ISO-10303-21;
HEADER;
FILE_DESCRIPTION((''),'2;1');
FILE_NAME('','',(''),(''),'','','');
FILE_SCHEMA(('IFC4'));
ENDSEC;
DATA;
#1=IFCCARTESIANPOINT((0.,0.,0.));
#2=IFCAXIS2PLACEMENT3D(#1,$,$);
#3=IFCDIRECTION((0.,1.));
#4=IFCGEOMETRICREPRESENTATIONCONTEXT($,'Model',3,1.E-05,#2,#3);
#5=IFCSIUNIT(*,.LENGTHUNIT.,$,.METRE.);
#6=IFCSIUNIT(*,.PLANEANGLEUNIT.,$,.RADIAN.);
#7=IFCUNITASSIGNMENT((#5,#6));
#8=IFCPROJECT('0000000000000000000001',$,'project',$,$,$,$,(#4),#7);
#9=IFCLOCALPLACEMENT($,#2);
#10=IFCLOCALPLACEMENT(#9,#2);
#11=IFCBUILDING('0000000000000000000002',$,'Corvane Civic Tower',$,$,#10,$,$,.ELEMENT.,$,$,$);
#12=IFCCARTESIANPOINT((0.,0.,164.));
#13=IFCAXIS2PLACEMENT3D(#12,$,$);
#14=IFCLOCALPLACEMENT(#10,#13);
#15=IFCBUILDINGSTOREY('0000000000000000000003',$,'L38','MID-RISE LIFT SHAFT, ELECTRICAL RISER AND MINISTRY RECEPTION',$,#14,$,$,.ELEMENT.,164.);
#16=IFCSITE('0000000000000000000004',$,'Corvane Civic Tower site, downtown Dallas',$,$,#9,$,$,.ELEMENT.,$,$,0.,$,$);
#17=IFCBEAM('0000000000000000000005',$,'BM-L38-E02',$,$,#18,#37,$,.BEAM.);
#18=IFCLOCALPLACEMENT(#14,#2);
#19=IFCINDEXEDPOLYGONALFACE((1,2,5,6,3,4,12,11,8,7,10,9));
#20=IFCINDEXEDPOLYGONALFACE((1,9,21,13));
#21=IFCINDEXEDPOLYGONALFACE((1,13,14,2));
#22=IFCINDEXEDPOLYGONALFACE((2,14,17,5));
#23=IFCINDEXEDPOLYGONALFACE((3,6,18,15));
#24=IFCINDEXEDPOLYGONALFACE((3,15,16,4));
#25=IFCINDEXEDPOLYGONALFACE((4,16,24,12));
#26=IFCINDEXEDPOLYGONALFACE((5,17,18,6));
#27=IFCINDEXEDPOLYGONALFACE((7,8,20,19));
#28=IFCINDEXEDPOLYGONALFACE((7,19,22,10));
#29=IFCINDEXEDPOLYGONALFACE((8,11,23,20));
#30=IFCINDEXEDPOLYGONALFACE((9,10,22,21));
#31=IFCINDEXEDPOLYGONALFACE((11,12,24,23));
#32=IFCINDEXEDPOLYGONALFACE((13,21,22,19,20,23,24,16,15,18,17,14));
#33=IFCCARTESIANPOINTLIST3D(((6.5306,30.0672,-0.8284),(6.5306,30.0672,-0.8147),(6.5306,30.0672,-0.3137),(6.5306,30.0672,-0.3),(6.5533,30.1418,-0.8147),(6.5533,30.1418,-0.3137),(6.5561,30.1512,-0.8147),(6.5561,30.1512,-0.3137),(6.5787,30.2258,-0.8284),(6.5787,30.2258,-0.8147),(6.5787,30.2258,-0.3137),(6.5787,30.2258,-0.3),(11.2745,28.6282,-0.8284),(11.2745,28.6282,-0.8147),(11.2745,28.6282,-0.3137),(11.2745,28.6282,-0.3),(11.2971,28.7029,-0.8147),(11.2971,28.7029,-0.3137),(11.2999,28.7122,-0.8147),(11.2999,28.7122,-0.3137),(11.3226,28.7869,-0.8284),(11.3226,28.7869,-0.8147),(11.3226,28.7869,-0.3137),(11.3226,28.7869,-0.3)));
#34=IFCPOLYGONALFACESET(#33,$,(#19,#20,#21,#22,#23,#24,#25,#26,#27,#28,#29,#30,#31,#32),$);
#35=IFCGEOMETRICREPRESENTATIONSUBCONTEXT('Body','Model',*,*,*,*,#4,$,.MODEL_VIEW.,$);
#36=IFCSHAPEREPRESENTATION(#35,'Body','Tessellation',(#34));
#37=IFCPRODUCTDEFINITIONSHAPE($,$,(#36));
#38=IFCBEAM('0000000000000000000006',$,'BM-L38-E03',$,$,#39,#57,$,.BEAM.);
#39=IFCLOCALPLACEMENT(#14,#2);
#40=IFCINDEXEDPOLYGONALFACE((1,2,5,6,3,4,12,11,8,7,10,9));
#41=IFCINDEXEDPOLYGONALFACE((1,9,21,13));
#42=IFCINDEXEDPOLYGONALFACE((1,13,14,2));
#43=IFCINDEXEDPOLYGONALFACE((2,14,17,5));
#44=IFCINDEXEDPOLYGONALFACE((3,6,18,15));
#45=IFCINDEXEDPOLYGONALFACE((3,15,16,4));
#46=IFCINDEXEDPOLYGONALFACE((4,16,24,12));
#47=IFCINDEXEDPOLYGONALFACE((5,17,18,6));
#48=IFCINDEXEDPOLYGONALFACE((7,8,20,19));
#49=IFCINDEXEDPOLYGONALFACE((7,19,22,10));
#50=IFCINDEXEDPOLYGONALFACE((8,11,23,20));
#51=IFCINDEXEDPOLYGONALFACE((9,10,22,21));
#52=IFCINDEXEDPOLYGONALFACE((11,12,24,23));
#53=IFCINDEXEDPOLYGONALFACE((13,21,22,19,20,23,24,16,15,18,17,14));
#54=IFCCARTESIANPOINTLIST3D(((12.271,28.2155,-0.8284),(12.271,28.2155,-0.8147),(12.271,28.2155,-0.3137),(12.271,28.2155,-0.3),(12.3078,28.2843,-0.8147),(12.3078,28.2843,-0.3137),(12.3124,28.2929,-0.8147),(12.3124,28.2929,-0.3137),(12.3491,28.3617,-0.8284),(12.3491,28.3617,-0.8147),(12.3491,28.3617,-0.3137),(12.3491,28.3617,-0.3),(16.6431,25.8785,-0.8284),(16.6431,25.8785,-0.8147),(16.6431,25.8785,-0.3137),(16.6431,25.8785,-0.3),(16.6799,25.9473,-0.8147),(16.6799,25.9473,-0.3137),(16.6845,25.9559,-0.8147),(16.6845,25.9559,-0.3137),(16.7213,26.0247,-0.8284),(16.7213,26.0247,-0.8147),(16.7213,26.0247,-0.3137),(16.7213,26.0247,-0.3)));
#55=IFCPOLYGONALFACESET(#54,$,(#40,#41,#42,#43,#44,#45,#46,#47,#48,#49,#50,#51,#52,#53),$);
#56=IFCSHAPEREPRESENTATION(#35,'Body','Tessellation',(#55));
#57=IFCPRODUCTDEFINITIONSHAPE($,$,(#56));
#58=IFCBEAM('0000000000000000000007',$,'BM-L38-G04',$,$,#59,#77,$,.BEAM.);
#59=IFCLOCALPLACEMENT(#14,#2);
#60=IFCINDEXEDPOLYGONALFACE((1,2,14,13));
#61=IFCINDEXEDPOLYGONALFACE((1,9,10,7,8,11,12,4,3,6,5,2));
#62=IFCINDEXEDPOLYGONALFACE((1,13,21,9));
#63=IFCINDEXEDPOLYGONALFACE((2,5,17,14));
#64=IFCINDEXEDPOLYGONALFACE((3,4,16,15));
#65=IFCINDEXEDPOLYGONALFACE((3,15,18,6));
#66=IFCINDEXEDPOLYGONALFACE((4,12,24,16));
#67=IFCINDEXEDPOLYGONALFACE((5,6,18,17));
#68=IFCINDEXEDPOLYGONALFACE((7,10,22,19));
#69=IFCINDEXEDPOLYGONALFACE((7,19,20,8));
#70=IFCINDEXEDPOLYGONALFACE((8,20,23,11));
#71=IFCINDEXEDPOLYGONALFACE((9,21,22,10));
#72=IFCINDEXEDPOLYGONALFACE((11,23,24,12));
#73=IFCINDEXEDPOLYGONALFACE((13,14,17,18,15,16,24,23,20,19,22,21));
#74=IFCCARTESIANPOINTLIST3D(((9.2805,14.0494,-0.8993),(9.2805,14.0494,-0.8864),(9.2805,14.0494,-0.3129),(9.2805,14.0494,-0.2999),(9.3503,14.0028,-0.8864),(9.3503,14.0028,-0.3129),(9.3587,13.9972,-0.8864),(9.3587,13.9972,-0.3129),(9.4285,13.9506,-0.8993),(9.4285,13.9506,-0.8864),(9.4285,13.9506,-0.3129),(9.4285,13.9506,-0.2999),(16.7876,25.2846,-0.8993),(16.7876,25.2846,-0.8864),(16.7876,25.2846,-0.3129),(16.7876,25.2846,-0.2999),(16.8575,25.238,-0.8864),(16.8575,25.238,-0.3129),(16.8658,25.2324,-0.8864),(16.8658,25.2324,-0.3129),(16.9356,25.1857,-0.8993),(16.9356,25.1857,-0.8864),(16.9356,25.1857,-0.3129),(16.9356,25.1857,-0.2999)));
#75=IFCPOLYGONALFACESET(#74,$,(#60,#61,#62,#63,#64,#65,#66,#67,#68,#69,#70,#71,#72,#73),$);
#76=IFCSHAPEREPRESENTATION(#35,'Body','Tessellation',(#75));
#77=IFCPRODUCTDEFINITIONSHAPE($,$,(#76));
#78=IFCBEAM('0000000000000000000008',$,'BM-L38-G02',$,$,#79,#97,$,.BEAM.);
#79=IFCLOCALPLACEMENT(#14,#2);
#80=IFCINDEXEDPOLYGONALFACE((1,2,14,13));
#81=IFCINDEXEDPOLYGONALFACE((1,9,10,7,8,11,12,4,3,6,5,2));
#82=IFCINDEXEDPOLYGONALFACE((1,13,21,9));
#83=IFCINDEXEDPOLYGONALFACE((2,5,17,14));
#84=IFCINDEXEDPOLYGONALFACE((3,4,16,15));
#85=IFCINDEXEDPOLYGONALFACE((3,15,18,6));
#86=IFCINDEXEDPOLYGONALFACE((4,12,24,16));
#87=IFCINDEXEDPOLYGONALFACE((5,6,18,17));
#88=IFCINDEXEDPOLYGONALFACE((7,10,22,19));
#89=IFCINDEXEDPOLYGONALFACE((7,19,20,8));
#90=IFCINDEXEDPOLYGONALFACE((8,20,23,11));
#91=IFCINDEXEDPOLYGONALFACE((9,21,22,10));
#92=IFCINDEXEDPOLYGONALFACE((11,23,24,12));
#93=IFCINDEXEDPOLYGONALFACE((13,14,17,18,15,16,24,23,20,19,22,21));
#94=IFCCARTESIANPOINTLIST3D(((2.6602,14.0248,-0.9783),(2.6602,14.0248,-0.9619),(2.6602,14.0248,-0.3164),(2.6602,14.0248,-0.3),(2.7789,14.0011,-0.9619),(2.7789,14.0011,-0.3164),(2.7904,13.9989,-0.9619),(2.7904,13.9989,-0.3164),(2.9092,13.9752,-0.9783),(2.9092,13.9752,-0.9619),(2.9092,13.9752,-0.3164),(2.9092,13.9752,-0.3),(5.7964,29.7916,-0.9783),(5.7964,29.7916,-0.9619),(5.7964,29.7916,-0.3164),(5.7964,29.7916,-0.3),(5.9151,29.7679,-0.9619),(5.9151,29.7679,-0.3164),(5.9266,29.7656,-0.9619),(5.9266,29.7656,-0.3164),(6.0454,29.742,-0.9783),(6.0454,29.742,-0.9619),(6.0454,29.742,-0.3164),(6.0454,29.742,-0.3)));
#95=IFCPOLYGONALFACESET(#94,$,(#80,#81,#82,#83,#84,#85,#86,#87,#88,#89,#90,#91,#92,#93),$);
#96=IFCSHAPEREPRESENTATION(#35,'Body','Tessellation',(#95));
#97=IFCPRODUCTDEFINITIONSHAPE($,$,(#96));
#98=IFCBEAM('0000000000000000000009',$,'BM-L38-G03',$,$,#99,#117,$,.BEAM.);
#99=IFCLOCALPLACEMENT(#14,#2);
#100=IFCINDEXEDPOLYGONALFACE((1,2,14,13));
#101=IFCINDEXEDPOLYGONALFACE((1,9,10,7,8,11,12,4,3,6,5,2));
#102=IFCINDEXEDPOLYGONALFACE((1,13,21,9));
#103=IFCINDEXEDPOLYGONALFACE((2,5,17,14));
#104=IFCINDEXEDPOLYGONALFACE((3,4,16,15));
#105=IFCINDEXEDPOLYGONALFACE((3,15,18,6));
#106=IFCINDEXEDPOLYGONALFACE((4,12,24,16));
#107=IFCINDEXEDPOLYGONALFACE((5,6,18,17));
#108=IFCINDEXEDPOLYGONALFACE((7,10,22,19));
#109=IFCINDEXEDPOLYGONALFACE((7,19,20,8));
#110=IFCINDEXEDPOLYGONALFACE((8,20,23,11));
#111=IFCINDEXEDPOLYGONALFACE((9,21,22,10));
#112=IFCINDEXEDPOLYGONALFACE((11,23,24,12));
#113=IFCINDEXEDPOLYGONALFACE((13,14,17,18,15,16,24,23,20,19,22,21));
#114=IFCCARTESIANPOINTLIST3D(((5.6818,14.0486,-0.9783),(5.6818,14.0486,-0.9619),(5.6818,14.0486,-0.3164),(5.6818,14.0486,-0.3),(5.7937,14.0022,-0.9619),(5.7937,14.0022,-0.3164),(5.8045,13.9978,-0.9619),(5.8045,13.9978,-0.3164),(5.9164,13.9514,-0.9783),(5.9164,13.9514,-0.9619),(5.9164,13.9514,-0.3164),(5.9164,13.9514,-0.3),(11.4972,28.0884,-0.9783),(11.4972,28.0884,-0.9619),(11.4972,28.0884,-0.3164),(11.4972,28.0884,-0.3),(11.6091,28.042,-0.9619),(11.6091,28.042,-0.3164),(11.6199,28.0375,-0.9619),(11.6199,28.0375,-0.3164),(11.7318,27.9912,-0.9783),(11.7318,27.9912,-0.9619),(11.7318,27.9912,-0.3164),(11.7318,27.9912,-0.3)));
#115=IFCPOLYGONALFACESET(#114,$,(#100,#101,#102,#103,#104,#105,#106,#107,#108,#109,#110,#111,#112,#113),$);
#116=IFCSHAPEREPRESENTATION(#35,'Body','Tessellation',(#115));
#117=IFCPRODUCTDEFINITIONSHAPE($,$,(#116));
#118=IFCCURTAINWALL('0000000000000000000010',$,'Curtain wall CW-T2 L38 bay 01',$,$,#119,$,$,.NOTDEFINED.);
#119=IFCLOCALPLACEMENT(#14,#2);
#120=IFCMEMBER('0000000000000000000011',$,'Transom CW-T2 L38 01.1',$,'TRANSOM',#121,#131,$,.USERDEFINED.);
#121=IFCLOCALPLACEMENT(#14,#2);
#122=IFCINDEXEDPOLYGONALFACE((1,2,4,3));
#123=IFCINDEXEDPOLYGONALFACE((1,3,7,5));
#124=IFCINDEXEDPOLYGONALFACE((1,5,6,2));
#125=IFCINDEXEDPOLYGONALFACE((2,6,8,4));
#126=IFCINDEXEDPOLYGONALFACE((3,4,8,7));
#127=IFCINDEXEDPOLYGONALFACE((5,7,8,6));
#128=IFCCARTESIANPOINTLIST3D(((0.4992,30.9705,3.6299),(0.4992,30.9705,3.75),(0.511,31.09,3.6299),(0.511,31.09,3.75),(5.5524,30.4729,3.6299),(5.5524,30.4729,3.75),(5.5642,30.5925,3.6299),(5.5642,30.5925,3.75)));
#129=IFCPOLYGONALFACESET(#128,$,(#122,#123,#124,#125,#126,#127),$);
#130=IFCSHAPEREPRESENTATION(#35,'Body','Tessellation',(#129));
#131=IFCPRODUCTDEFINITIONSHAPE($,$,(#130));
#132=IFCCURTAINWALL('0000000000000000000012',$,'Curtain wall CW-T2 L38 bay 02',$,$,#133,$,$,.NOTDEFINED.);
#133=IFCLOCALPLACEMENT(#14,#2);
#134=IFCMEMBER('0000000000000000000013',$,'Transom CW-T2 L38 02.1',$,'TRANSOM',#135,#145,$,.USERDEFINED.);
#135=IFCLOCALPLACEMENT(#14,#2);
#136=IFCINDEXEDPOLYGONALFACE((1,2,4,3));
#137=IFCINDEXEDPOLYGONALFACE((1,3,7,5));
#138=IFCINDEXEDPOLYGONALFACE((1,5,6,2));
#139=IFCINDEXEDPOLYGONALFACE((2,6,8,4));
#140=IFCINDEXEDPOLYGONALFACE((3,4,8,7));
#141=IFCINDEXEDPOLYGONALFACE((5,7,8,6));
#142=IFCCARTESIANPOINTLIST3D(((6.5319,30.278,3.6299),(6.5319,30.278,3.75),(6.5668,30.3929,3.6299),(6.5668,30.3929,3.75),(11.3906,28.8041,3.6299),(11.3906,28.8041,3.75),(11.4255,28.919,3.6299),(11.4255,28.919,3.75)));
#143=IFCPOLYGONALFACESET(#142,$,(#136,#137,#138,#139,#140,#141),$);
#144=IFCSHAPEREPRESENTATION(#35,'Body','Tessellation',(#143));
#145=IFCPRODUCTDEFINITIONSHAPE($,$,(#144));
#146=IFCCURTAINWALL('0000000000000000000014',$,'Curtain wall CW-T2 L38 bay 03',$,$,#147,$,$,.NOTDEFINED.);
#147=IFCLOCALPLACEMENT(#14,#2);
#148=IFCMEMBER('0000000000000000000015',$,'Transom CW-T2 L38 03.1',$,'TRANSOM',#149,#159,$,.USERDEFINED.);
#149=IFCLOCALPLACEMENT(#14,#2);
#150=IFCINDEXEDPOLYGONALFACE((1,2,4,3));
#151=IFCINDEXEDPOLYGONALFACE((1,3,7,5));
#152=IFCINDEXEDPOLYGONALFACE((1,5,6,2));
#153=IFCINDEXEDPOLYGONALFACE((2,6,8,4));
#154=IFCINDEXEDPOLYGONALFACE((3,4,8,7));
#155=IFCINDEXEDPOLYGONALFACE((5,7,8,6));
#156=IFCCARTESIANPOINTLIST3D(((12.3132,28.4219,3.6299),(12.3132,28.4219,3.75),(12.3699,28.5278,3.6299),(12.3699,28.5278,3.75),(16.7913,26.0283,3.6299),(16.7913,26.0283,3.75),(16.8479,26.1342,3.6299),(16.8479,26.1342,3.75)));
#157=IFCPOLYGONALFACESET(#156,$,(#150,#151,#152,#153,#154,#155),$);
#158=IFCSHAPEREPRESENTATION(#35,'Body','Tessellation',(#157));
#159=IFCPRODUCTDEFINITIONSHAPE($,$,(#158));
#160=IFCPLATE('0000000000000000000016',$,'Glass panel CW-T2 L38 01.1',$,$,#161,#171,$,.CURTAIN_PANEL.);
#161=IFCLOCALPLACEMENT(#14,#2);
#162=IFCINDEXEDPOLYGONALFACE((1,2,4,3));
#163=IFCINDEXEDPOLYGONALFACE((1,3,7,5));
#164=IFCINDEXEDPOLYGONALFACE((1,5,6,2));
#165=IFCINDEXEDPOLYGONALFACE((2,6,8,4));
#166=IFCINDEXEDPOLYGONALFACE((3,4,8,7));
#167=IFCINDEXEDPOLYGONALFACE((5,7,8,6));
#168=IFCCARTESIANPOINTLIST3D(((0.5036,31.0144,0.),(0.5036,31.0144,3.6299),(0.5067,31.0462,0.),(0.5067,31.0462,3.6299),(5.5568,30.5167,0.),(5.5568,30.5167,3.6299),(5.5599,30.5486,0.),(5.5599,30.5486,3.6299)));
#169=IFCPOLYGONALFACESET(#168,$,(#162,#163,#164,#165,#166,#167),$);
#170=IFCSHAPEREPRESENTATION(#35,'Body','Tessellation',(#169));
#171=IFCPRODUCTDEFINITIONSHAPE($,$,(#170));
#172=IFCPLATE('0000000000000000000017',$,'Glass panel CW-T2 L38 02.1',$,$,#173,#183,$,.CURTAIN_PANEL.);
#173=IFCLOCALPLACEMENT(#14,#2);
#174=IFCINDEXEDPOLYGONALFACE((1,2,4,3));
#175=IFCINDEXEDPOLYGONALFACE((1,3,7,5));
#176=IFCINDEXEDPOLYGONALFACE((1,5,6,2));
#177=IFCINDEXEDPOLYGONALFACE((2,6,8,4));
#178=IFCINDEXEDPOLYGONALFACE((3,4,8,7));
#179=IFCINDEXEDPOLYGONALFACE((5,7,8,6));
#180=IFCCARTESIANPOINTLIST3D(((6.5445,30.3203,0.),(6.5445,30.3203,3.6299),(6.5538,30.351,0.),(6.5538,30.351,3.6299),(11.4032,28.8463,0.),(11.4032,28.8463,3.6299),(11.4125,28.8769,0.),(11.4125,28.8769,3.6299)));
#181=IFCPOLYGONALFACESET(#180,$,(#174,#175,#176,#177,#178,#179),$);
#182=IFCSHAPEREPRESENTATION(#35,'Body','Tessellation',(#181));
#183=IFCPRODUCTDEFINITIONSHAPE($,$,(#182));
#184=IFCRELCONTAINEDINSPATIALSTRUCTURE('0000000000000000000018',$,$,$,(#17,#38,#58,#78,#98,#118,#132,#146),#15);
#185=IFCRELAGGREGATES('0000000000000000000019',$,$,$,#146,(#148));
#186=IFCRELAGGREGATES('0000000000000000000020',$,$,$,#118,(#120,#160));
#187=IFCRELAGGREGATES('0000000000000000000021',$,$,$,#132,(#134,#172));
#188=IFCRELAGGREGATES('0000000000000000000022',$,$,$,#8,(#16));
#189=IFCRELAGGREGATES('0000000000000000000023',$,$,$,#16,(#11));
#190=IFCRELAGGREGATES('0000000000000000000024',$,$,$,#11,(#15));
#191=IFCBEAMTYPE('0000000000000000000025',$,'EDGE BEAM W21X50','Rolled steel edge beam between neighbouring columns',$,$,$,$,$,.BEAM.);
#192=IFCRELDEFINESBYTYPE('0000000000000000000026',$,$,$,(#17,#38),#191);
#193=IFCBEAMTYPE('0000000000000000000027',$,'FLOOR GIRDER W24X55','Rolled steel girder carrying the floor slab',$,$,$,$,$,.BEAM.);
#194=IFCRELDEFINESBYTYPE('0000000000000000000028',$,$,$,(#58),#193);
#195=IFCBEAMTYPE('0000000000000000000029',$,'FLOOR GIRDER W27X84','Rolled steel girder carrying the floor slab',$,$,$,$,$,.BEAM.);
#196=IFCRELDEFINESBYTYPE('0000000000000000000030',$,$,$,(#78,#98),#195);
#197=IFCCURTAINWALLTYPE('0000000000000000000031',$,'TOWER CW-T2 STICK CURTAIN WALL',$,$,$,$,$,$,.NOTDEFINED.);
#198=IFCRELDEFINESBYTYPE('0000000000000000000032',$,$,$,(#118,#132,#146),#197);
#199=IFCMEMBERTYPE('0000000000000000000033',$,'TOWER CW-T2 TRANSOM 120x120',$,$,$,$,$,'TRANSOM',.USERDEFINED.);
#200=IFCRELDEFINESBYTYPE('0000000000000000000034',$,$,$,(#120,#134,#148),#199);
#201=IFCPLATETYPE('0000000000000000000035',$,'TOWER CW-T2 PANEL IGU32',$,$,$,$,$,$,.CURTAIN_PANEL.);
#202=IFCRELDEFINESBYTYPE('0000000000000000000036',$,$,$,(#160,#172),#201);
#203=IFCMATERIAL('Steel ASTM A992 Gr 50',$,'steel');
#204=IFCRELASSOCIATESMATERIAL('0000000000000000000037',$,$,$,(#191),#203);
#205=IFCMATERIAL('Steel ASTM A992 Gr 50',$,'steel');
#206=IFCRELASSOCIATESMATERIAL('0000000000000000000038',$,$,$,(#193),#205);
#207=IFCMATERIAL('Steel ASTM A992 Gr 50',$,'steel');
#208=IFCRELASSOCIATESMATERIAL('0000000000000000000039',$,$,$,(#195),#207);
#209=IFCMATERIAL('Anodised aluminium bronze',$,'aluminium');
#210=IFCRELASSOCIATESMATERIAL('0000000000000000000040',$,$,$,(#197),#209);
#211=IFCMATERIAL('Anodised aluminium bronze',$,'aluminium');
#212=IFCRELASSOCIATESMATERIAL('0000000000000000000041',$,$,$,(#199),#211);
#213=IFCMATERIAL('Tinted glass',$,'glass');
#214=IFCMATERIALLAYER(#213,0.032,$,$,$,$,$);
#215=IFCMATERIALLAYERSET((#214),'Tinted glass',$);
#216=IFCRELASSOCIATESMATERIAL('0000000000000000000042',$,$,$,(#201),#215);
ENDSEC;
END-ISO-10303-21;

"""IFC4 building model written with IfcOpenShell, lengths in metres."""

from ifc_helpers import new_model, si_unit, direction, frame, origin, origin_2d, place, context, subcontext, project, spatial, rectangle, i_section, extrude, material, layer, layer_set, material_profile, profile_set, type_object, element, aggregate, save


model = new_model("IFC4")

# Units and contexts
model_context = context("Model", 3, precision=1e-05, world=origin(), true_north=direction((0.0, 1.0)))
body_context = subcontext(model_context, "Body", "Model", "MODEL_VIEW")
ifc_project = project(units=[si_unit("LENGTHUNIT", "METRE"), si_unit("PLANEANGLEUNIT", "RADIAN")], contexts=[model_context])

# Site, building, storey
site_placement = place(None, origin())
site = spatial("IfcSite", under=ifc_project, at=site_placement, Name="Corvane Civic Tower site, downtown Dallas", CompositionType="ELEMENT", RefElevation=0.0)
building_placement = place(site_placement, origin())
building = spatial("IfcBuilding", under=site, at=building_placement, Name="Corvane Civic Tower", CompositionType="ELEMENT")
storey_placement = place(building_placement, frame((0.0, 0.0, 164.0)))
storey = spatial("IfcBuildingStorey", under=building, at=storey_placement, Name="L38", Description="MID-RISE LIFT SHAFT, ELECTRICAL RISER AND MINISTRY RECEPTION", CompositionType="ELEMENT", Elevation=164.0)

# Beams
ifc_material_1 = material(Name="Steel ASTM A992 Gr 50", Category="steel")
ifc_material_profile_1 = material_profile(ifc_material_1, i_section(OverallWidth=0.1658, OverallDepth=0.5283, WebThickness=0.0098, FlangeThickness=0.0137, at=origin_2d()), Name="W21X50")
ifc_profile_set_1 = profile_set([ifc_material_profile_1], Name="Steel ASTM A992 Gr 50")
beam_type_1 = type_object("IfcBeamType", Name="EDGE BEAM W21X50", Description="Rolled steel edge beam between neighbouring columns", PredefinedType="BEAM", material=ifc_profile_set_1)
beam_1_placement = place(storey_placement, frame((6.5547, 30.1465, -0.5642), z_axis=(0.956945, -0.29027, 0.0), x_axis=(0.29027, 0.956945, 0.0)))
element("IfcBeam", 1, at=beam_1_placement, inside=storey, type_object=beam_type_1, Name="BM-L38-E02", PredefinedType="BEAM", context=body_context, shape_type="SweptSolid", body=[
    extrude(i_section(OverallWidth=0.1658, OverallDepth=0.5283, WebThickness=0.0098, FlangeThickness=0.0137, at=origin_2d()), origin(), (0.0, 0.0, 1.0), 4.9573),
])
beam_2_placement = place(storey_placement, frame((12.3101, 28.2886, -0.5642), z_axis=(0.881922, -0.471396, 0.0), x_axis=(0.471396, 0.881922, 0.0)))
element("IfcBeam", 2, at=beam_2_placement, inside=storey, type_object=beam_type_1, Name="BM-L38-E03", PredefinedType="BEAM", context=body_context, shape_type="SweptSolid", body=[
    extrude(i_section(OverallWidth=0.1658, OverallDepth=0.5283, WebThickness=0.0098, FlangeThickness=0.0137, at=origin_2d()), origin(), (0.0, 0.0, 1.0), 4.9575),
])
ifc_material_2 = material(Name="Steel ASTM A992 Gr 50", Category="steel")
ifc_material_profile_2 = material_profile(ifc_material_2, i_section(OverallWidth=0.178, OverallDepth=0.5994, WebThickness=0.01, FlangeThickness=0.0129, at=origin_2d()), Name="W24X55")
ifc_profile_set_2 = profile_set([ifc_material_profile_2], Name="Steel ASTM A992 Gr 50")
beam_type_2 = type_object("IfcBeamType", Name="FLOOR GIRDER W24X55", Description="Rolled steel girder carrying the floor slab", PredefinedType="BEAM", material=ifc_profile_set_2)
beam_3_placement = place(storey_placement, frame((9.3545, 14.0, -0.5996), z_axis=(0.555571, 0.831469, 0.0), x_axis=(-0.831469, 0.555571, 0.0)))
element("IfcBeam", 3, at=beam_3_placement, inside=storey, type_object=beam_type_2, Name="BM-L38-G04", PredefinedType="BEAM", context=body_context, shape_type="SweptSolid", body=[
    extrude(i_section(OverallWidth=0.178, OverallDepth=0.5994, WebThickness=0.01, FlangeThickness=0.0129, at=origin_2d()), origin(), (0.0, 0.0, 1.0), 13.5125),
])
ifc_material_3 = material(Name="Steel ASTM A992 Gr 50", Category="steel")
ifc_material_profile_3 = material_profile(ifc_material_3, i_section(OverallWidth=0.2539, OverallDepth=0.6782, WebThickness=0.0117, FlangeThickness=0.0164, at=origin_2d()), Name="W27X84")
ifc_profile_set_3 = profile_set([ifc_material_profile_3], Name="Steel ASTM A992 Gr 50")
beam_type_3 = type_object("IfcBeamType", Name="FLOOR GIRDER W27X84", Description="Rolled steel girder carrying the floor slab", PredefinedType="BEAM", material=ifc_profile_set_3)
beam_4_placement = place(storey_placement, frame((2.7847, 14.0, -0.6392), z_axis=(0.195091, 0.980785, 0.0), x_axis=(-0.980785, 0.195091, 0.0)))
element("IfcBeam", 4, at=beam_4_placement, inside=storey, type_object=beam_type_3, Name="BM-L38-G02", PredefinedType="BEAM", context=body_context, shape_type="SweptSolid", body=[
    extrude(i_section(OverallWidth=0.2539, OverallDepth=0.6782, WebThickness=0.0117, FlangeThickness=0.0164, at=origin_2d()), origin(), (0.0, 0.0, 1.0), 16.0757),
])
beam_5_placement = place(storey_placement, frame((5.7991, 14.0, -0.6392), z_axis=(0.382681, 0.923881, 0.0), x_axis=(-0.923881, 0.382681, 0.0)))
element("IfcBeam", 5, at=beam_5_placement, inside=storey, type_object=beam_type_3, Name="BM-L38-G03", PredefinedType="BEAM", context=body_context, shape_type="SweptSolid", body=[
    extrude(i_section(OverallWidth=0.2539, OverallDepth=0.6782, WebThickness=0.0117, FlangeThickness=0.0164, at=origin_2d()), origin(), (0.0, 0.0, 1.0), 15.1965),
])

# Curtain walls, members
ifc_material_4 = material(Name="Anodised aluminium bronze", Category="aluminium")
curtain_wall_type = type_object("IfcCurtainWallType", Name="TOWER CW-T2 STICK CURTAIN WALL", PredefinedType="NOTDEFINED", material=ifc_material_4)
curtain_wall_1_placement = place(storey_placement, origin())
curtain_wall_1 = element("IfcCurtainWall", 6, at=curtain_wall_1_placement, inside=storey, type_object=curtain_wall_type, Name="Curtain wall CW-T2 L38 bay 01", PredefinedType="NOTDEFINED")
ifc_material_5 = material(Name="Anodised aluminium bronze", Category="aluminium")
ifc_material_profile_4 = material_profile(ifc_material_5, rectangle(XDim=0.1201, YDim=0.1201, at=origin_2d()), Name="TOWER CW-T2 TRANSOM 120x120")
ifc_profile_set_4 = profile_set([ifc_material_profile_4], Name="Anodised aluminium bronze")
member_type = type_object("IfcMemberType", Name="TOWER CW-T2 TRANSOM 120x120", ElementType="TRANSOM", PredefinedType="USERDEFINED", material=ifc_profile_set_4)
member_1_placement = place(storey_placement, frame((0.5051, 31.0303, 3.6899), z_axis=(0.995187, -0.09799, 0.0), x_axis=(0.09799, 0.995187, 0.0)))
member_1 = element("IfcMember", 7, at=member_1_placement, type_object=member_type, Name="Transom CW-T2 L38 01.1", ObjectType="TRANSOM", PredefinedType="USERDEFINED", context=body_context, shape_type="SweptSolid", body=[
    extrude(rectangle(XDim=0.1201, YDim=0.1201, at=origin_2d()), origin(), (0.0, 0.0, 1.0), 5.0776),
])
curtain_wall_2_placement = place(storey_placement, origin())
curtain_wall_2 = element("IfcCurtainWall", 8, at=curtain_wall_2_placement, inside=storey, type_object=curtain_wall_type, Name="Curtain wall CW-T2 L38 bay 02", PredefinedType="NOTDEFINED")
member_2_placement = place(storey_placement, frame((6.5493, 30.3354, 3.6899), z_axis=(0.956939, -0.290289, 0.0), x_axis=(0.290289, 0.956939, 0.0)))
member_2 = element("IfcMember", 9, at=member_2_placement, type_object=member_type, Name="Transom CW-T2 L38 02.1", ObjectType="TRANSOM", PredefinedType="USERDEFINED", context=body_context, shape_type="SweptSolid", body=[
    extrude(rectangle(XDim=0.1201, YDim=0.1201, at=origin_2d()), origin(), (0.0, 0.0, 1.0), 5.0774),
])
curtain_wall_3_placement = place(storey_placement, origin())
curtain_wall_3 = element("IfcCurtainWall", 10, at=curtain_wall_3_placement, inside=storey, type_object=curtain_wall_type, Name="Curtain wall CW-T2 L38 bay 03", PredefinedType="NOTDEFINED")
member_3_placement = place(storey_placement, frame((12.3416, 28.4749, 3.6899), z_axis=(0.881921, -0.471397, 0.0), x_axis=(0.471397, 0.881921, 0.0)))
member_3 = element("IfcMember", 11, at=member_3_placement, type_object=member_type, Name="Transom CW-T2 L38 03.1", ObjectType="TRANSOM", PredefinedType="USERDEFINED", context=body_context, shape_type="SweptSolid", body=[
    extrude(rectangle(XDim=0.1201, YDim=0.1201, at=origin_2d()), origin(), (0.0, 0.0, 1.0), 5.0776),
])
aggregate(curtain_wall_3, [member_3])

# Plates
ifc_material_6 = material(Name="Tinted glass", Category="glass")
ifc_layer_1 = layer(ifc_material_6, 0.032)
ifc_layer_set_1 = layer_set([ifc_layer_1], Name="Tinted glass")
plate_type = type_object("IfcPlateType", Name="TOWER CW-T2 PANEL IGU32", PredefinedType="CURTAIN_PANEL", material=ifc_layer_set_1)
plate_1_placement = place(storey_placement, frame((3.0317, 30.7815, 0.0), z_axis=(0.0, 0.0, 1.0), x_axis=(0.995185, -0.098012, 0.0)))
plate_1 = element("IfcPlate", 12, at=plate_1_placement, type_object=plate_type, Name="Glass panel CW-T2 L38 01.1", PredefinedType="CURTAIN_PANEL", context=body_context, shape_type="SweptSolid", body=[
    extrude(rectangle(XDim=5.0776, YDim=0.032, at=origin_2d()), origin(), (0.0, 0.0, 1.0), 3.6299),
])
aggregate(curtain_wall_1, [member_1, plate_1])
plate_2_placement = place(storey_placement, frame((8.9785, 29.5986, 0.0), z_axis=(0.0, 0.0, 1.0), x_axis=(0.956932, -0.290313, 0.0)))
plate_2 = element("IfcPlate", 13, at=plate_2_placement, type_object=plate_type, Name="Glass panel CW-T2 L38 02.1", PredefinedType="CURTAIN_PANEL", context=body_context, shape_type="SweptSolid", body=[
    extrude(rectangle(XDim=5.0774, YDim=0.032, at=origin_2d()), origin(), (0.0, 0.0, 1.0), 3.6299),
])
aggregate(curtain_wall_2, [member_2, plate_2])

save(model, "model.ifc")
